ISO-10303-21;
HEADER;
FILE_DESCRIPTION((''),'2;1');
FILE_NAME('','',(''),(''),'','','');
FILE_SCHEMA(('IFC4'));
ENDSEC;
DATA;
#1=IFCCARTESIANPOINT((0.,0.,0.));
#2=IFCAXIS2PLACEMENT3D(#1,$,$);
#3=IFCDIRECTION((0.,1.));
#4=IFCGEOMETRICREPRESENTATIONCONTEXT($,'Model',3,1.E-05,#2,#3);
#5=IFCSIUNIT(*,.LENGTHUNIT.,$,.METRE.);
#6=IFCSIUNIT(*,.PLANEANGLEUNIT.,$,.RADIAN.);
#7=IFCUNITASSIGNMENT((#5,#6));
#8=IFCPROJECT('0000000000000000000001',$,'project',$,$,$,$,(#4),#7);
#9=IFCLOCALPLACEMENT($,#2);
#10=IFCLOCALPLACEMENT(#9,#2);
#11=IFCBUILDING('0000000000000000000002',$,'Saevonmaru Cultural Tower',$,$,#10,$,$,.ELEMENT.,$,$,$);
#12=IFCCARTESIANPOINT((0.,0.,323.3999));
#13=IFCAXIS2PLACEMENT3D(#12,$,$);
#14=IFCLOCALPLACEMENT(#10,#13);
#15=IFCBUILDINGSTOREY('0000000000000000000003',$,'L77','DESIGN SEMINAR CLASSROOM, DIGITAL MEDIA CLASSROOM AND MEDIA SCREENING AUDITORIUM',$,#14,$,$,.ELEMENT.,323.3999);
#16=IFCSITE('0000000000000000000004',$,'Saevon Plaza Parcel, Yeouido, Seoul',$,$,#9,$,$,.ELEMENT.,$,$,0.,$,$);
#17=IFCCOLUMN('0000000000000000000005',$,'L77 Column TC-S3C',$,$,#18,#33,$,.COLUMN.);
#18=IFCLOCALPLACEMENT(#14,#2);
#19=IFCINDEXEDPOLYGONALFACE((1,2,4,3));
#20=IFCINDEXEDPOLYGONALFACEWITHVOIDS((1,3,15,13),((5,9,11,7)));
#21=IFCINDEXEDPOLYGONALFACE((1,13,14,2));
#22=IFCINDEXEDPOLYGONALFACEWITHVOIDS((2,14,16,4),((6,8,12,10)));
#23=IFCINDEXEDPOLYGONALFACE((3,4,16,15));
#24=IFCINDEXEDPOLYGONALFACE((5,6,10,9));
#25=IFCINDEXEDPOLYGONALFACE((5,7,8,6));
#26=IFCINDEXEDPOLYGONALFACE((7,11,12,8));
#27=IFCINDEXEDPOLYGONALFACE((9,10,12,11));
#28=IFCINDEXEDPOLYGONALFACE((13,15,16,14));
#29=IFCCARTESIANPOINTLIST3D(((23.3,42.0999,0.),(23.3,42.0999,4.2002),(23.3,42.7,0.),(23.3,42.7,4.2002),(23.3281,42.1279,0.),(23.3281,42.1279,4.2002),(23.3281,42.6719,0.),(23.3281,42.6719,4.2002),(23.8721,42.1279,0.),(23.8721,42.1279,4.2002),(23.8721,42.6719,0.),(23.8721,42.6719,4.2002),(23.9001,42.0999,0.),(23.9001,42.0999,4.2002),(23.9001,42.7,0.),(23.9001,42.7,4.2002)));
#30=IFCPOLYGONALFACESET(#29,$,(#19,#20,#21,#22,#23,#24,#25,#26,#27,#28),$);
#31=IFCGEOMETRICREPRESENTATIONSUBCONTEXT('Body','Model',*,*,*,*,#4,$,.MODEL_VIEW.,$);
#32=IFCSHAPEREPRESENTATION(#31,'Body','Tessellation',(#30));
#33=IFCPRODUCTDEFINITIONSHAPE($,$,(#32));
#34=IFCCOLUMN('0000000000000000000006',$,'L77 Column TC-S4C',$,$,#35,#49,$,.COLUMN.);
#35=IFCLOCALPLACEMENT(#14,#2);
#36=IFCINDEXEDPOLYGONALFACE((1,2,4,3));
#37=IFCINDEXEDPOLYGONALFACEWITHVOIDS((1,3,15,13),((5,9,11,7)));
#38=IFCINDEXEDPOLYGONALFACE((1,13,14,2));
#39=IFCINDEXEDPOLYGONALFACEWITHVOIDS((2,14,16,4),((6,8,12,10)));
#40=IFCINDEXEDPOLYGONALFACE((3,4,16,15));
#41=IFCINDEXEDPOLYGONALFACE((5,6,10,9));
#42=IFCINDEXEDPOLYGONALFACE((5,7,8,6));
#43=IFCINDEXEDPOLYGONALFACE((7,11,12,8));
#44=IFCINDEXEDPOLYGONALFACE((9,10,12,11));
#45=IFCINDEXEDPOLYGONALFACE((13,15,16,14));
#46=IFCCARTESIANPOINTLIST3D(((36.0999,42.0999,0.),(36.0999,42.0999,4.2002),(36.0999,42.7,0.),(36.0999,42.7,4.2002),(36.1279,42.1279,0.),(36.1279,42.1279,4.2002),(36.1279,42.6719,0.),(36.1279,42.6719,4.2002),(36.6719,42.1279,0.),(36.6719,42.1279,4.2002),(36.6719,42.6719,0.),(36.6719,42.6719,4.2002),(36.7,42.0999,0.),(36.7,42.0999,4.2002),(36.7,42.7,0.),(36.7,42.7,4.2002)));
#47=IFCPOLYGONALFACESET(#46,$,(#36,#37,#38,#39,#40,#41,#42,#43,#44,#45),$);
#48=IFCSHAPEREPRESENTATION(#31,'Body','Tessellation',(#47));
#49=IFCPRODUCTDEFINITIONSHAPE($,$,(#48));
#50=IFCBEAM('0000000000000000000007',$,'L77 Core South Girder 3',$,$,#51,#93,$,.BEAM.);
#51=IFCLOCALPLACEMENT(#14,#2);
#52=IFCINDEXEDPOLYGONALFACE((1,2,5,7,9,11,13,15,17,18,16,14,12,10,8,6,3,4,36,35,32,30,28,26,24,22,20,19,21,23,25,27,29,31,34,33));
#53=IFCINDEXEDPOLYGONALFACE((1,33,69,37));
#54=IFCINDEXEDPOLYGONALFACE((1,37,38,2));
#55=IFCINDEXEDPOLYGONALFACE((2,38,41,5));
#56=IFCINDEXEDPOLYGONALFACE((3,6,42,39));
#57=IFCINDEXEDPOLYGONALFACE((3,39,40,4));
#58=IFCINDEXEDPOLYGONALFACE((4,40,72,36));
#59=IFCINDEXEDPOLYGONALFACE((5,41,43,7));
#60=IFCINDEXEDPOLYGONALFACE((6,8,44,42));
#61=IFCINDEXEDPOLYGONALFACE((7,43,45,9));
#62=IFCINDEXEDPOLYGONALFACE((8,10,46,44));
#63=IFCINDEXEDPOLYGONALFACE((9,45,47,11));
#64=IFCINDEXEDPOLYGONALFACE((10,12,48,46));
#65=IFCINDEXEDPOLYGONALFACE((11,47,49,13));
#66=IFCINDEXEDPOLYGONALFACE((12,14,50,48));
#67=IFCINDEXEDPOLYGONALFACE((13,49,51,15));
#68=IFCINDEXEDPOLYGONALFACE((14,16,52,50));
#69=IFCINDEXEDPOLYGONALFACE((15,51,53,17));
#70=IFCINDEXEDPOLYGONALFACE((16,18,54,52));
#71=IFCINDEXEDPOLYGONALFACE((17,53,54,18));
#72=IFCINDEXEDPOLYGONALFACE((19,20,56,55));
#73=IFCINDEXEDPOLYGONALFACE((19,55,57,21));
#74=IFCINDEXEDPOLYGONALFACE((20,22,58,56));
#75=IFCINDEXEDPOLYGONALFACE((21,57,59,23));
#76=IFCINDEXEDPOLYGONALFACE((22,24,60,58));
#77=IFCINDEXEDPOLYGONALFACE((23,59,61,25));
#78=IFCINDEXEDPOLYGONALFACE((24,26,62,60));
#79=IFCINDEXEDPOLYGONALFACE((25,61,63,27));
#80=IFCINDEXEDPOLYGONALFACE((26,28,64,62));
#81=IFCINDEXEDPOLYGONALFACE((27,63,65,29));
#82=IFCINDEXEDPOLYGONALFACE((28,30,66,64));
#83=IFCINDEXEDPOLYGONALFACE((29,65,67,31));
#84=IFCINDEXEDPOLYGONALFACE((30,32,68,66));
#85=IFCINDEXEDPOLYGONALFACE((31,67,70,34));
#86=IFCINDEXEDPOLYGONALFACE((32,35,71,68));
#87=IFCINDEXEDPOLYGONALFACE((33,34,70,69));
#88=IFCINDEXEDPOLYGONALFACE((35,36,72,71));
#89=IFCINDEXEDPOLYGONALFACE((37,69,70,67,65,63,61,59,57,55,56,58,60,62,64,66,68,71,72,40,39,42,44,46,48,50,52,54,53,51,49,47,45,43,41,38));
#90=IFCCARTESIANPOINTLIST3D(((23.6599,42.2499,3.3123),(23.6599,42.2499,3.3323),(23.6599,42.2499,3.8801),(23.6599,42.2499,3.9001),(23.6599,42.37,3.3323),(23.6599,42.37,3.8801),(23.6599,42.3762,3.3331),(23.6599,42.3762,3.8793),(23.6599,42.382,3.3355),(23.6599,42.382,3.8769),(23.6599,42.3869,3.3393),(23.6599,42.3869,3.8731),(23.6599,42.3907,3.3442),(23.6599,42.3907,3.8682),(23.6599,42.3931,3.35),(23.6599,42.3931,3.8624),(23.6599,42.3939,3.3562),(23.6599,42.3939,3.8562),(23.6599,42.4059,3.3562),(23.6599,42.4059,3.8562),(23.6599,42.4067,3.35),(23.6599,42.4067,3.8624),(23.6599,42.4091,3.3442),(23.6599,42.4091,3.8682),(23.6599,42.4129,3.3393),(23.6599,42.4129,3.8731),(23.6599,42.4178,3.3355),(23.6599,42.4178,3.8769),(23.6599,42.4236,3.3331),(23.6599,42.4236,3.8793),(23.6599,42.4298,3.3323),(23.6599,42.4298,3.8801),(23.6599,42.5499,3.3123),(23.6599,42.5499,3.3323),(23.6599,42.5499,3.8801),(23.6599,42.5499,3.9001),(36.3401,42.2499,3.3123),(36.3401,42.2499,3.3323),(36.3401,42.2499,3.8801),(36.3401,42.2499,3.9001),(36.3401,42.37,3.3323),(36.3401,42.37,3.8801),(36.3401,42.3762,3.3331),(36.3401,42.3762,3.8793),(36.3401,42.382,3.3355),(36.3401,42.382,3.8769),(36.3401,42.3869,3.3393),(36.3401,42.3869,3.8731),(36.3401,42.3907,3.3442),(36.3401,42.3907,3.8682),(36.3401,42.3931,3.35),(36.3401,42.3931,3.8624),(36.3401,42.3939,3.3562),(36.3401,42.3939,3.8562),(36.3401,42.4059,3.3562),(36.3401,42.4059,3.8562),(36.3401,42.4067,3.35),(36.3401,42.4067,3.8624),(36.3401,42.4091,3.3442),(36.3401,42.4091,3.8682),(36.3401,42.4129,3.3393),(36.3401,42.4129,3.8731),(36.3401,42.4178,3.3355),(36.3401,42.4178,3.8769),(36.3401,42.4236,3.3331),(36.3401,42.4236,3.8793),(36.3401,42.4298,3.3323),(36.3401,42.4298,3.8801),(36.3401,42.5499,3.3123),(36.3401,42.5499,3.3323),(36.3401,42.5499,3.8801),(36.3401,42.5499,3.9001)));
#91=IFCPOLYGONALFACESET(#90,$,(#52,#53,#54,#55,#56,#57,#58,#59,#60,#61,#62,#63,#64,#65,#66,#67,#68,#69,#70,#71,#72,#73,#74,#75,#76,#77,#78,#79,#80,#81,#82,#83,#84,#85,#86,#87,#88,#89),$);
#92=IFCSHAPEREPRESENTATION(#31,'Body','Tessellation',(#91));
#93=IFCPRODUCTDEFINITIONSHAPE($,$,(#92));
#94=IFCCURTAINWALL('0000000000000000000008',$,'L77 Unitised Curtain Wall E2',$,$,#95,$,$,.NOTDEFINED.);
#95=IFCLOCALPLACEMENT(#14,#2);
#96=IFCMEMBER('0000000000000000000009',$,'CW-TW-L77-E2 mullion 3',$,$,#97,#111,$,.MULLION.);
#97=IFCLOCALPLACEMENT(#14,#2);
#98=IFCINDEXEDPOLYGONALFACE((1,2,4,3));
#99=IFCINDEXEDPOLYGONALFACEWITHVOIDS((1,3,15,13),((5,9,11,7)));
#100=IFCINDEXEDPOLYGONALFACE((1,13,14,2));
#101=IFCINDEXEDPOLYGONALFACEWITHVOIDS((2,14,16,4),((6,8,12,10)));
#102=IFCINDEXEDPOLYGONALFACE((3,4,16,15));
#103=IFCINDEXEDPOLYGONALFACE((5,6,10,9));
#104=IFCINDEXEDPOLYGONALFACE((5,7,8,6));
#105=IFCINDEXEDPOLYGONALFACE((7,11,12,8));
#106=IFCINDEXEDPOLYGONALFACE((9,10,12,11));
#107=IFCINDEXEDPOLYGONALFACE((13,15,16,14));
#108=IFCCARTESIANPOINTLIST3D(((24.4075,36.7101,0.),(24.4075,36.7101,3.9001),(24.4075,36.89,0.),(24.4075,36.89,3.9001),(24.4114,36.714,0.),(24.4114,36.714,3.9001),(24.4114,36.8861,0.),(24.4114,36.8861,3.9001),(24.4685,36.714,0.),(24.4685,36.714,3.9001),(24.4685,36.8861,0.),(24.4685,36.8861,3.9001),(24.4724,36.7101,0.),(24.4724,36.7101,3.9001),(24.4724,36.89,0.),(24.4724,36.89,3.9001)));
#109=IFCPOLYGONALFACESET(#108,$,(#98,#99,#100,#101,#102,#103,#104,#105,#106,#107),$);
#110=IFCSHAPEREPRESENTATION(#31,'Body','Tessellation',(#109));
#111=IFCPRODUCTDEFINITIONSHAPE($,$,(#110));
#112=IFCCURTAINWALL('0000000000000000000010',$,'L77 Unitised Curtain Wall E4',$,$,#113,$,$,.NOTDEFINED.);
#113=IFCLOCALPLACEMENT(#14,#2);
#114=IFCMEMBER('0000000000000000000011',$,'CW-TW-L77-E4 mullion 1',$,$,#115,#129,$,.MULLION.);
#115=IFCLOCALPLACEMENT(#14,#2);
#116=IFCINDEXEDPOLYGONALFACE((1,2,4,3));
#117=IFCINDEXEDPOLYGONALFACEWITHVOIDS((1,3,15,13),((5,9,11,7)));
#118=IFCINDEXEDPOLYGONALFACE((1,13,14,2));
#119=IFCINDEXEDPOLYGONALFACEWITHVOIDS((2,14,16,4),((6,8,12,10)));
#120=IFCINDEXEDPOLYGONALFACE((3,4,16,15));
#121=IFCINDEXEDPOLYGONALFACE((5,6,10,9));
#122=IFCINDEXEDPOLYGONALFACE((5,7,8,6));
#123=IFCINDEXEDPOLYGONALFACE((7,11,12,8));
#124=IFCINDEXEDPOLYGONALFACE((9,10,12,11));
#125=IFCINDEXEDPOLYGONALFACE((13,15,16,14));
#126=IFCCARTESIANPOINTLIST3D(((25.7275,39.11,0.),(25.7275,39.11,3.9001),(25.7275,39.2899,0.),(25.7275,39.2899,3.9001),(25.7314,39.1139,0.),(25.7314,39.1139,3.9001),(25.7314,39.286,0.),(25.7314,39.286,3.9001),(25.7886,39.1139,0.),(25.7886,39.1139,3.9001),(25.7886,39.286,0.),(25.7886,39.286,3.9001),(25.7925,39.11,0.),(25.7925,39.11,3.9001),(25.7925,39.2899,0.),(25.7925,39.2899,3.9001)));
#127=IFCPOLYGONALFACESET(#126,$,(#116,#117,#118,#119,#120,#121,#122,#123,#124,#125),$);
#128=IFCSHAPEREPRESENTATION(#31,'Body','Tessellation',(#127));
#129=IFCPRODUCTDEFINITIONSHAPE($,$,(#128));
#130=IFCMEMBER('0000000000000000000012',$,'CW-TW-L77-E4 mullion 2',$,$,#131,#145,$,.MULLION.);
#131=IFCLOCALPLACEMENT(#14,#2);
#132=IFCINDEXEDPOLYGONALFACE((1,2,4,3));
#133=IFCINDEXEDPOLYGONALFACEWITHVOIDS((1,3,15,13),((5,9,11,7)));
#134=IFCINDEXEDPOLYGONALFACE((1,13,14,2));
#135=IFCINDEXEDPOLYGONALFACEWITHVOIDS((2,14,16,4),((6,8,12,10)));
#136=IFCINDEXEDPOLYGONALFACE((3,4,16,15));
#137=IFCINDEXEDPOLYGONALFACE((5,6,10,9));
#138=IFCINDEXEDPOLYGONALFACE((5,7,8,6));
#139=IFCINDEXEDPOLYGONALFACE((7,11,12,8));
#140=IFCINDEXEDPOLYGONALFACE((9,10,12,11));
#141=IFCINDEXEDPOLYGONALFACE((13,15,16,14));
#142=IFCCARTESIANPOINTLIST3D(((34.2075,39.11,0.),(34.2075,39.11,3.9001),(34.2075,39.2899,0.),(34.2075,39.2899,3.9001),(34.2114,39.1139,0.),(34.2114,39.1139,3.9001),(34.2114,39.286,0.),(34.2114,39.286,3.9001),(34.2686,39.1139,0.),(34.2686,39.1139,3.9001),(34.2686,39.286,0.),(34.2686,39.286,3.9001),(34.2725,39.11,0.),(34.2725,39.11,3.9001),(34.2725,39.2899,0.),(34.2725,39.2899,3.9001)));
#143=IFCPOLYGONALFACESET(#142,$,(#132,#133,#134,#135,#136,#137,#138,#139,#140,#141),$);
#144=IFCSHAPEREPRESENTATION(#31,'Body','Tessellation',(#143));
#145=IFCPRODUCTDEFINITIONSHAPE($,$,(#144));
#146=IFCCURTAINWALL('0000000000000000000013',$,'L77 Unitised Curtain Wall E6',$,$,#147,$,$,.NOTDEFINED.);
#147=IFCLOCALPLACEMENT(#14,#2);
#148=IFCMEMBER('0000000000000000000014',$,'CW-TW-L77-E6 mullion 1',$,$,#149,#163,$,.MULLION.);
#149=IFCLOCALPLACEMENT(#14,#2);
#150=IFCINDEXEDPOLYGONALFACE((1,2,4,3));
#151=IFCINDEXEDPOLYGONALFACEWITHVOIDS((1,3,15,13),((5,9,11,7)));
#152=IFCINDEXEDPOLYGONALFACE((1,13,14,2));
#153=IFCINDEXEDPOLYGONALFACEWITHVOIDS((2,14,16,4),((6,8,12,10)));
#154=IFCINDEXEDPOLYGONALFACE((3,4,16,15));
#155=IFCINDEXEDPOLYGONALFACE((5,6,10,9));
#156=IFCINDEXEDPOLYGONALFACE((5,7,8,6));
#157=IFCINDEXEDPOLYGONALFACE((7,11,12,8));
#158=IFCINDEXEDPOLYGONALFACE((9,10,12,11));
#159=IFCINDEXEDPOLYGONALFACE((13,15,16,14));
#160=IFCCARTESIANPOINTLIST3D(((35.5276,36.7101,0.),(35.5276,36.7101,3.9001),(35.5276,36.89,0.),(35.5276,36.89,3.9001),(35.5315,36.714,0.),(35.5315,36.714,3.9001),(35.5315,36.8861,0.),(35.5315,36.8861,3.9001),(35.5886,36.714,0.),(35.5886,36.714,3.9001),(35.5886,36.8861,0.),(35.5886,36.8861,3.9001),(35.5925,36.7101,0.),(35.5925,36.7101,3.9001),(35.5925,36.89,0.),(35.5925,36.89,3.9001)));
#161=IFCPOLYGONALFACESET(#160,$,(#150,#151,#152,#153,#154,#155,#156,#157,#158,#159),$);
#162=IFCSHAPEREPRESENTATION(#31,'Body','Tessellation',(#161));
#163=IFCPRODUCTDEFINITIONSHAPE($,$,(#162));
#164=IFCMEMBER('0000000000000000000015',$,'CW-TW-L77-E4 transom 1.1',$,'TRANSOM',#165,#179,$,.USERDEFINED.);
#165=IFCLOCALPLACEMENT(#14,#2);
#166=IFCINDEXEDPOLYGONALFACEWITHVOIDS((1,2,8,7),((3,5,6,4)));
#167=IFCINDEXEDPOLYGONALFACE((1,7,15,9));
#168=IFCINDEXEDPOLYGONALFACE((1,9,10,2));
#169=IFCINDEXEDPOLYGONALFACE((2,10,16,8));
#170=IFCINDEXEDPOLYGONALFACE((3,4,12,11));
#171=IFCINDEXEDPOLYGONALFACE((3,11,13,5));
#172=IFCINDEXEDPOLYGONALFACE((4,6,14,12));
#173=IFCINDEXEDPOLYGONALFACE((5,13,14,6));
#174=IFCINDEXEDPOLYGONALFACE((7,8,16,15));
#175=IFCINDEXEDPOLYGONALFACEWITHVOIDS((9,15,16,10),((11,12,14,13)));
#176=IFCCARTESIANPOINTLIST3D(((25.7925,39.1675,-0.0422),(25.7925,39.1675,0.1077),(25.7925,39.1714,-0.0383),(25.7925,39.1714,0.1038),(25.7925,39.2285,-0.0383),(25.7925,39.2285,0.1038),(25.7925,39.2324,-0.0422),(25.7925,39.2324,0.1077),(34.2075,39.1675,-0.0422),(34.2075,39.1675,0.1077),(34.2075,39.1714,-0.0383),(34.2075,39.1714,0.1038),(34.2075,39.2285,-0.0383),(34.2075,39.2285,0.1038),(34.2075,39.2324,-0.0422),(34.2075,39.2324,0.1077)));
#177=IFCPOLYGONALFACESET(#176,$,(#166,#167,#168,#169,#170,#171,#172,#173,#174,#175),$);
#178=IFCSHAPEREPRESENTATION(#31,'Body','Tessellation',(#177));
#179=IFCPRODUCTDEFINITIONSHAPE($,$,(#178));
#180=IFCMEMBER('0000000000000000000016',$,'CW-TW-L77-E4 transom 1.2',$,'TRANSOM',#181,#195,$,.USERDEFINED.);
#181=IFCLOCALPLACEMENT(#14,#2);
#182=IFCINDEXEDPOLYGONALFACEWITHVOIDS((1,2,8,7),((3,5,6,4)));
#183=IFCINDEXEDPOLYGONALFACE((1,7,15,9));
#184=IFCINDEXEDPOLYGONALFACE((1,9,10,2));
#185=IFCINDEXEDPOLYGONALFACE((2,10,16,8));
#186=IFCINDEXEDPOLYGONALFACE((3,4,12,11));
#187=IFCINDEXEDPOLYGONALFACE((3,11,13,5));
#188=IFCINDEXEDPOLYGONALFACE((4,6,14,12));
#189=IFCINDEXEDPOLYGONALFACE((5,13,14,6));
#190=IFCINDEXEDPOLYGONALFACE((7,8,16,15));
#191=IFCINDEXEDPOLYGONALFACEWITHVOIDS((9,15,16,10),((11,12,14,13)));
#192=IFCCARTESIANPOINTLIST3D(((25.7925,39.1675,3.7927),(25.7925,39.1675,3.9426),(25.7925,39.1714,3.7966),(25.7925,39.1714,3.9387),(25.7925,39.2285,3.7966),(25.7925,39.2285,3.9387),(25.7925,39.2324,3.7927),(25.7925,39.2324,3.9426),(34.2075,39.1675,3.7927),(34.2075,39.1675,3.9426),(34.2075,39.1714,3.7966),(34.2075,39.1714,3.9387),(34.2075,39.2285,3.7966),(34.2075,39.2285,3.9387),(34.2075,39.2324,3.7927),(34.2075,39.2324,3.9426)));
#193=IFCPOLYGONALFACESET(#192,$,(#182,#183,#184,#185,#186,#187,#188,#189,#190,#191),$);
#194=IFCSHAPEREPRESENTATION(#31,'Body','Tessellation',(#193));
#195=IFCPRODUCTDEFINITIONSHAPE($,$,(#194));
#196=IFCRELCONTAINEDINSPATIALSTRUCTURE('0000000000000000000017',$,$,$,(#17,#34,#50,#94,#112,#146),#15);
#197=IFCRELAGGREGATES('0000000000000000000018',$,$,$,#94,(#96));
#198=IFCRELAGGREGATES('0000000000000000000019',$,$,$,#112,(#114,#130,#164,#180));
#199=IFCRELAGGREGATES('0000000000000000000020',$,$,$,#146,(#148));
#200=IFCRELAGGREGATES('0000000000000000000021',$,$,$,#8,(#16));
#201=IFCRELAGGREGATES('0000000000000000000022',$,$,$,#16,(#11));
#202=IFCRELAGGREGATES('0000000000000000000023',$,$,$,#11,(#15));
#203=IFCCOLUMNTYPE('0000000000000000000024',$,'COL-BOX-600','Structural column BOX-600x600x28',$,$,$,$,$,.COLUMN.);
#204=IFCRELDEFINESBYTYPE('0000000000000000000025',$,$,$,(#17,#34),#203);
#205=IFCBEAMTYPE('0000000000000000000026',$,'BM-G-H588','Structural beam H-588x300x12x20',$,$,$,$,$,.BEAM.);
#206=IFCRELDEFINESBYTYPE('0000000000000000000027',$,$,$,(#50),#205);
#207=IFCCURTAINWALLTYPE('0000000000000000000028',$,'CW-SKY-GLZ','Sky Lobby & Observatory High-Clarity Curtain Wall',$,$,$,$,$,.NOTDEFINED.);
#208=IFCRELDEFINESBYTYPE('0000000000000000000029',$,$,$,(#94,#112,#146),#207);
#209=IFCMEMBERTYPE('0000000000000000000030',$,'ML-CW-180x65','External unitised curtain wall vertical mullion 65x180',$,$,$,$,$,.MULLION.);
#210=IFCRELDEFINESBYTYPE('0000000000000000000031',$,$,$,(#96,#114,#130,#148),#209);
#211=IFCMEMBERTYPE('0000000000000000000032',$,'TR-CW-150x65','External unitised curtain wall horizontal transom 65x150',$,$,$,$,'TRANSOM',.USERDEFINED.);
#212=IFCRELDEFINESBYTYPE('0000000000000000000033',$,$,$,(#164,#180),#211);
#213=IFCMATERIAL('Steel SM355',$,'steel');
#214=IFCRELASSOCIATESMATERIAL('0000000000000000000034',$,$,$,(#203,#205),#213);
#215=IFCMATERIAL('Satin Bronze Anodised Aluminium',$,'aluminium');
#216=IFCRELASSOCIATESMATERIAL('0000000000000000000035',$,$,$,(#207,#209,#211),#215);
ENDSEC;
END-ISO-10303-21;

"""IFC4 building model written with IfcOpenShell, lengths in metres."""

from ifc_helpers import new_model, si_unit, direction, frame, origin, origin_2d, place, context, subcontext, project, spatial, hollow_rectangle, i_section, extrude, material, material_profile, profile_set, type_object, element, aggregate, save


model = new_model("IFC4")

# Units and contexts
model_context = context("Model", 3, precision=1e-05, world=origin(), true_north=direction((0.0, 1.0)))
body_context = subcontext(model_context, "Body", "Model", "MODEL_VIEW")
ifc_project = project(units=[si_unit("LENGTHUNIT", "METRE"), si_unit("PLANEANGLEUNIT", "RADIAN")], contexts=[model_context])

# Site, building, storey
site_placement = place(None, origin())
site = spatial("IfcSite", under=ifc_project, at=site_placement, Name="Saevon Plaza Parcel, Yeouido, Seoul", CompositionType="ELEMENT", RefElevation=0.0)
building_placement = place(site_placement, origin())
building = spatial("IfcBuilding", under=site, at=building_placement, Name="Saevonmaru Cultural Tower", CompositionType="ELEMENT")
storey_placement = place(building_placement, frame((0.0, 0.0, 323.3999)))
storey = spatial("IfcBuildingStorey", under=building, at=storey_placement, Name="L77", Description="DESIGN SEMINAR CLASSROOM, DIGITAL MEDIA CLASSROOM AND MEDIA SCREENING AUDITORIUM", CompositionType="ELEMENT", Elevation=323.3999)

# Columns
ifc_material_1 = material(Name="Steel SM355", Category="steel")
ifc_material_profile_1 = material_profile(ifc_material_1, hollow_rectangle(XDim=0.6001, YDim=0.6001, WallThickness=0.0281, at=origin_2d()), Name="BOX-600x600x28")
ifc_profile_set_1 = profile_set([ifc_material_profile_1], Name="Steel SM355")
column_type = type_object("IfcColumnType", Name="COL-BOX-600", Description="Structural column BOX-600x600x28", PredefinedType="COLUMN", material=ifc_profile_set_1)
for number, where, z_axis, x_axis, name in (
    (1, (23.6001, 42.3999, 0.0), (0.0, 0.0, 1.0), (1.0, 0.0, 0.0), "L77 Column TC-S3C"),
    (2, (36.3999, 42.3999, 0.0), (0.0, 0.0, 1.0), (1.0, 0.0, 0.0), "L77 Column TC-S4C"),
):
    element("IfcColumn", number, at=place(storey_placement, frame(where, z_axis=z_axis, x_axis=x_axis)), inside=storey, type_object=column_type, Name=name, PredefinedType="COLUMN", context=body_context, shape_type="SweptSolid", body=[
        extrude(hollow_rectangle(XDim=0.6001, YDim=0.6001, WallThickness=0.0281, at=origin_2d()), origin(), (0.0, 0.0, 1.0), 4.2002),
    ])

# Beam
ifc_material_profile_2 = material_profile(ifc_material_1, i_section(OverallWidth=0.3, OverallDepth=0.5879, WebThickness=0.012, FlangeThickness=0.02, FilletRadius=0.0239, at=origin_2d()), Name="H-588x300x12x20")
ifc_profile_set_2 = profile_set([ifc_material_profile_2], Name="Steel SM355")
beam_type = type_object("IfcBeamType", Name="BM-G-H588", Description="Structural beam H-588x300x12x20", PredefinedType="BEAM", material=ifc_profile_set_2)
beam_placement = place(storey_placement, frame((23.6599, 42.3999, 3.6062), z_axis=(1.0, 0.0, 0.0), x_axis=(0.0, 1.0, 0.0)))
element("IfcBeam", 3, at=beam_placement, inside=storey, type_object=beam_type, Name="L77 Core South Girder 3", PredefinedType="BEAM", context=body_context, shape_type="SweptSolid", body=[
    extrude(i_section(OverallWidth=0.3, OverallDepth=0.5879, WebThickness=0.012, FlangeThickness=0.02, FilletRadius=0.0239, at=origin_2d()), origin(), (0.0, 0.0, 1.0), 12.6802),
])

# Curtain wall, member
ifc_material_2 = material(Name="Satin Bronze Anodised Aluminium", Category="aluminium")
curtain_wall_type = type_object("IfcCurtainWallType", Name="CW-SKY-GLZ", Description="Sky Lobby & Observatory High-Clarity Curtain Wall", PredefinedType="NOTDEFINED", material=ifc_material_2)
curtain_wall_1_placement = place(storey_placement, origin())
curtain_wall_1 = element("IfcCurtainWall", 4, at=curtain_wall_1_placement, inside=storey, type_object=curtain_wall_type, Name="L77 Unitised Curtain Wall E2", PredefinedType="NOTDEFINED")
ifc_material_profile_3 = material_profile(ifc_material_2, hollow_rectangle(XDim=0.0649, YDim=0.1799, WallThickness=0.0039, at=origin_2d()), Name="ALU-MULL-180x65x4")
ifc_profile_set_3 = profile_set([ifc_material_profile_3], Name="Satin Bronze Anodised Aluminium")
member_type_1 = type_object("IfcMemberType", Name="ML-CW-180x65", Description="External unitised curtain wall vertical mullion 65x180", PredefinedType="MULLION", material=ifc_profile_set_3)
member_1_placement = place(storey_placement, frame((24.4399, 36.8, 0.0), z_axis=(0.0, 0.0, 1.0), x_axis=(1.0, 0.0, 0.0)))
member_1 = element("IfcMember", 5, at=member_1_placement, type_object=member_type_1, Name="CW-TW-L77-E2 mullion 3", PredefinedType="MULLION", context=body_context, shape_type="SweptSolid", body=[
    extrude(hollow_rectangle(XDim=0.0649, YDim=0.1799, WallThickness=0.0039, at=origin_2d()), origin(), (0.0, 0.0, 1.0), 3.9001),
])

# Curtain wall, members
curtain_wall_2_placement = place(storey_placement, origin())
curtain_wall_2 = element("IfcCurtainWall", 6, at=curtain_wall_2_placement, inside=storey, type_object=curtain_wall_type, Name="L77 Unitised Curtain Wall E4", PredefinedType="NOTDEFINED")
member_2_placement = place(storey_placement, frame((25.76, 39.2, 0.0), z_axis=(0.0, 0.0, 1.0), x_axis=(1.0, 0.0, 0.0)))
member_2 = element("IfcMember", 7, at=member_2_placement, type_object=member_type_1, Name="CW-TW-L77-E4 mullion 1", PredefinedType="MULLION", context=body_context, shape_type="SweptSolid", body=[
    extrude(hollow_rectangle(XDim=0.0649, YDim=0.1799, WallThickness=0.0039, at=origin_2d()), origin(), (0.0, 0.0, 1.0), 3.9001),
])
member_3_placement = place(storey_placement, frame((34.24, 39.2, 0.0), z_axis=(0.0, 0.0, 1.0), x_axis=(1.0, 0.0, 0.0)))
member_3 = element("IfcMember", 8, at=member_3_placement, type_object=member_type_1, Name="CW-TW-L77-E4 mullion 2", PredefinedType="MULLION", context=body_context, shape_type="SweptSolid", body=[
    extrude(hollow_rectangle(XDim=0.0649, YDim=0.1799, WallThickness=0.0039, at=origin_2d()), origin(), (0.0, 0.0, 1.0), 3.9001),
])

# Curtain wall, member
curtain_wall_3_placement = place(storey_placement, origin())
curtain_wall_3 = element("IfcCurtainWall", 9, at=curtain_wall_3_placement, inside=storey, type_object=curtain_wall_type, Name="L77 Unitised Curtain Wall E6", PredefinedType="NOTDEFINED")
member_4_placement = place(storey_placement, frame((35.5601, 36.8, 0.0), z_axis=(0.0, 0.0, 1.0), x_axis=(1.0, 0.0, 0.0)))
member_4 = element("IfcMember", 10, at=member_4_placement, type_object=member_type_1, Name="CW-TW-L77-E6 mullion 1", PredefinedType="MULLION", context=body_context, shape_type="SweptSolid", body=[
    extrude(hollow_rectangle(XDim=0.0649, YDim=0.1799, WallThickness=0.0039, at=origin_2d()), origin(), (0.0, 0.0, 1.0), 3.9001),
])

# Members
ifc_material_profile_4 = material_profile(ifc_material_2, hollow_rectangle(XDim=0.0649, YDim=0.1499, WallThickness=0.0039, at=origin_2d()), Name="ALU-TRAN-150x65x4")
ifc_profile_set_4 = profile_set([ifc_material_profile_4], Name="Satin Bronze Anodised Aluminium")
member_type_2 = type_object("IfcMemberType", Name="TR-CW-150x65", Description="External unitised curtain wall horizontal transom 65x150", ElementType="TRANSOM", PredefinedType="USERDEFINED", material=ifc_profile_set_4)
member_5_placement = place(storey_placement, frame((25.7925, 39.2, 0.0327), z_axis=(1.0, 0.0, 0.0), x_axis=(0.0, 1.0, 0.0)))
member_5 = element("IfcMember", 11, at=member_5_placement, type_object=member_type_2, Name="CW-TW-L77-E4 transom 1.1", ObjectType="TRANSOM", PredefinedType="USERDEFINED", context=body_context, shape_type="SweptSolid", body=[
    extrude(hollow_rectangle(XDim=0.0649, YDim=0.1499, WallThickness=0.0039, at=origin_2d()), origin(), (0.0, 0.0, 1.0), 8.415),
])
member_6_placement = place(storey_placement, frame((25.7925, 39.2, 3.8677), z_axis=(1.0, 0.0, 0.0), x_axis=(0.0, 1.0, 0.0)))
member_6 = element("IfcMember", 12, at=member_6_placement, type_object=member_type_2, Name="CW-TW-L77-E4 transom 1.2", ObjectType="TRANSOM", PredefinedType="USERDEFINED", context=body_context, shape_type="SweptSolid", body=[
    extrude(hollow_rectangle(XDim=0.0649, YDim=0.1499, WallThickness=0.0039, at=origin_2d()), origin(), (0.0, 0.0, 1.0), 8.415),
])

aggregate(curtain_wall_1, [member_1])
aggregate(curtain_wall_2, [member_2, member_3, member_5, member_6])
aggregate(curtain_wall_3, [member_4])

save(model, "model.ifc")
